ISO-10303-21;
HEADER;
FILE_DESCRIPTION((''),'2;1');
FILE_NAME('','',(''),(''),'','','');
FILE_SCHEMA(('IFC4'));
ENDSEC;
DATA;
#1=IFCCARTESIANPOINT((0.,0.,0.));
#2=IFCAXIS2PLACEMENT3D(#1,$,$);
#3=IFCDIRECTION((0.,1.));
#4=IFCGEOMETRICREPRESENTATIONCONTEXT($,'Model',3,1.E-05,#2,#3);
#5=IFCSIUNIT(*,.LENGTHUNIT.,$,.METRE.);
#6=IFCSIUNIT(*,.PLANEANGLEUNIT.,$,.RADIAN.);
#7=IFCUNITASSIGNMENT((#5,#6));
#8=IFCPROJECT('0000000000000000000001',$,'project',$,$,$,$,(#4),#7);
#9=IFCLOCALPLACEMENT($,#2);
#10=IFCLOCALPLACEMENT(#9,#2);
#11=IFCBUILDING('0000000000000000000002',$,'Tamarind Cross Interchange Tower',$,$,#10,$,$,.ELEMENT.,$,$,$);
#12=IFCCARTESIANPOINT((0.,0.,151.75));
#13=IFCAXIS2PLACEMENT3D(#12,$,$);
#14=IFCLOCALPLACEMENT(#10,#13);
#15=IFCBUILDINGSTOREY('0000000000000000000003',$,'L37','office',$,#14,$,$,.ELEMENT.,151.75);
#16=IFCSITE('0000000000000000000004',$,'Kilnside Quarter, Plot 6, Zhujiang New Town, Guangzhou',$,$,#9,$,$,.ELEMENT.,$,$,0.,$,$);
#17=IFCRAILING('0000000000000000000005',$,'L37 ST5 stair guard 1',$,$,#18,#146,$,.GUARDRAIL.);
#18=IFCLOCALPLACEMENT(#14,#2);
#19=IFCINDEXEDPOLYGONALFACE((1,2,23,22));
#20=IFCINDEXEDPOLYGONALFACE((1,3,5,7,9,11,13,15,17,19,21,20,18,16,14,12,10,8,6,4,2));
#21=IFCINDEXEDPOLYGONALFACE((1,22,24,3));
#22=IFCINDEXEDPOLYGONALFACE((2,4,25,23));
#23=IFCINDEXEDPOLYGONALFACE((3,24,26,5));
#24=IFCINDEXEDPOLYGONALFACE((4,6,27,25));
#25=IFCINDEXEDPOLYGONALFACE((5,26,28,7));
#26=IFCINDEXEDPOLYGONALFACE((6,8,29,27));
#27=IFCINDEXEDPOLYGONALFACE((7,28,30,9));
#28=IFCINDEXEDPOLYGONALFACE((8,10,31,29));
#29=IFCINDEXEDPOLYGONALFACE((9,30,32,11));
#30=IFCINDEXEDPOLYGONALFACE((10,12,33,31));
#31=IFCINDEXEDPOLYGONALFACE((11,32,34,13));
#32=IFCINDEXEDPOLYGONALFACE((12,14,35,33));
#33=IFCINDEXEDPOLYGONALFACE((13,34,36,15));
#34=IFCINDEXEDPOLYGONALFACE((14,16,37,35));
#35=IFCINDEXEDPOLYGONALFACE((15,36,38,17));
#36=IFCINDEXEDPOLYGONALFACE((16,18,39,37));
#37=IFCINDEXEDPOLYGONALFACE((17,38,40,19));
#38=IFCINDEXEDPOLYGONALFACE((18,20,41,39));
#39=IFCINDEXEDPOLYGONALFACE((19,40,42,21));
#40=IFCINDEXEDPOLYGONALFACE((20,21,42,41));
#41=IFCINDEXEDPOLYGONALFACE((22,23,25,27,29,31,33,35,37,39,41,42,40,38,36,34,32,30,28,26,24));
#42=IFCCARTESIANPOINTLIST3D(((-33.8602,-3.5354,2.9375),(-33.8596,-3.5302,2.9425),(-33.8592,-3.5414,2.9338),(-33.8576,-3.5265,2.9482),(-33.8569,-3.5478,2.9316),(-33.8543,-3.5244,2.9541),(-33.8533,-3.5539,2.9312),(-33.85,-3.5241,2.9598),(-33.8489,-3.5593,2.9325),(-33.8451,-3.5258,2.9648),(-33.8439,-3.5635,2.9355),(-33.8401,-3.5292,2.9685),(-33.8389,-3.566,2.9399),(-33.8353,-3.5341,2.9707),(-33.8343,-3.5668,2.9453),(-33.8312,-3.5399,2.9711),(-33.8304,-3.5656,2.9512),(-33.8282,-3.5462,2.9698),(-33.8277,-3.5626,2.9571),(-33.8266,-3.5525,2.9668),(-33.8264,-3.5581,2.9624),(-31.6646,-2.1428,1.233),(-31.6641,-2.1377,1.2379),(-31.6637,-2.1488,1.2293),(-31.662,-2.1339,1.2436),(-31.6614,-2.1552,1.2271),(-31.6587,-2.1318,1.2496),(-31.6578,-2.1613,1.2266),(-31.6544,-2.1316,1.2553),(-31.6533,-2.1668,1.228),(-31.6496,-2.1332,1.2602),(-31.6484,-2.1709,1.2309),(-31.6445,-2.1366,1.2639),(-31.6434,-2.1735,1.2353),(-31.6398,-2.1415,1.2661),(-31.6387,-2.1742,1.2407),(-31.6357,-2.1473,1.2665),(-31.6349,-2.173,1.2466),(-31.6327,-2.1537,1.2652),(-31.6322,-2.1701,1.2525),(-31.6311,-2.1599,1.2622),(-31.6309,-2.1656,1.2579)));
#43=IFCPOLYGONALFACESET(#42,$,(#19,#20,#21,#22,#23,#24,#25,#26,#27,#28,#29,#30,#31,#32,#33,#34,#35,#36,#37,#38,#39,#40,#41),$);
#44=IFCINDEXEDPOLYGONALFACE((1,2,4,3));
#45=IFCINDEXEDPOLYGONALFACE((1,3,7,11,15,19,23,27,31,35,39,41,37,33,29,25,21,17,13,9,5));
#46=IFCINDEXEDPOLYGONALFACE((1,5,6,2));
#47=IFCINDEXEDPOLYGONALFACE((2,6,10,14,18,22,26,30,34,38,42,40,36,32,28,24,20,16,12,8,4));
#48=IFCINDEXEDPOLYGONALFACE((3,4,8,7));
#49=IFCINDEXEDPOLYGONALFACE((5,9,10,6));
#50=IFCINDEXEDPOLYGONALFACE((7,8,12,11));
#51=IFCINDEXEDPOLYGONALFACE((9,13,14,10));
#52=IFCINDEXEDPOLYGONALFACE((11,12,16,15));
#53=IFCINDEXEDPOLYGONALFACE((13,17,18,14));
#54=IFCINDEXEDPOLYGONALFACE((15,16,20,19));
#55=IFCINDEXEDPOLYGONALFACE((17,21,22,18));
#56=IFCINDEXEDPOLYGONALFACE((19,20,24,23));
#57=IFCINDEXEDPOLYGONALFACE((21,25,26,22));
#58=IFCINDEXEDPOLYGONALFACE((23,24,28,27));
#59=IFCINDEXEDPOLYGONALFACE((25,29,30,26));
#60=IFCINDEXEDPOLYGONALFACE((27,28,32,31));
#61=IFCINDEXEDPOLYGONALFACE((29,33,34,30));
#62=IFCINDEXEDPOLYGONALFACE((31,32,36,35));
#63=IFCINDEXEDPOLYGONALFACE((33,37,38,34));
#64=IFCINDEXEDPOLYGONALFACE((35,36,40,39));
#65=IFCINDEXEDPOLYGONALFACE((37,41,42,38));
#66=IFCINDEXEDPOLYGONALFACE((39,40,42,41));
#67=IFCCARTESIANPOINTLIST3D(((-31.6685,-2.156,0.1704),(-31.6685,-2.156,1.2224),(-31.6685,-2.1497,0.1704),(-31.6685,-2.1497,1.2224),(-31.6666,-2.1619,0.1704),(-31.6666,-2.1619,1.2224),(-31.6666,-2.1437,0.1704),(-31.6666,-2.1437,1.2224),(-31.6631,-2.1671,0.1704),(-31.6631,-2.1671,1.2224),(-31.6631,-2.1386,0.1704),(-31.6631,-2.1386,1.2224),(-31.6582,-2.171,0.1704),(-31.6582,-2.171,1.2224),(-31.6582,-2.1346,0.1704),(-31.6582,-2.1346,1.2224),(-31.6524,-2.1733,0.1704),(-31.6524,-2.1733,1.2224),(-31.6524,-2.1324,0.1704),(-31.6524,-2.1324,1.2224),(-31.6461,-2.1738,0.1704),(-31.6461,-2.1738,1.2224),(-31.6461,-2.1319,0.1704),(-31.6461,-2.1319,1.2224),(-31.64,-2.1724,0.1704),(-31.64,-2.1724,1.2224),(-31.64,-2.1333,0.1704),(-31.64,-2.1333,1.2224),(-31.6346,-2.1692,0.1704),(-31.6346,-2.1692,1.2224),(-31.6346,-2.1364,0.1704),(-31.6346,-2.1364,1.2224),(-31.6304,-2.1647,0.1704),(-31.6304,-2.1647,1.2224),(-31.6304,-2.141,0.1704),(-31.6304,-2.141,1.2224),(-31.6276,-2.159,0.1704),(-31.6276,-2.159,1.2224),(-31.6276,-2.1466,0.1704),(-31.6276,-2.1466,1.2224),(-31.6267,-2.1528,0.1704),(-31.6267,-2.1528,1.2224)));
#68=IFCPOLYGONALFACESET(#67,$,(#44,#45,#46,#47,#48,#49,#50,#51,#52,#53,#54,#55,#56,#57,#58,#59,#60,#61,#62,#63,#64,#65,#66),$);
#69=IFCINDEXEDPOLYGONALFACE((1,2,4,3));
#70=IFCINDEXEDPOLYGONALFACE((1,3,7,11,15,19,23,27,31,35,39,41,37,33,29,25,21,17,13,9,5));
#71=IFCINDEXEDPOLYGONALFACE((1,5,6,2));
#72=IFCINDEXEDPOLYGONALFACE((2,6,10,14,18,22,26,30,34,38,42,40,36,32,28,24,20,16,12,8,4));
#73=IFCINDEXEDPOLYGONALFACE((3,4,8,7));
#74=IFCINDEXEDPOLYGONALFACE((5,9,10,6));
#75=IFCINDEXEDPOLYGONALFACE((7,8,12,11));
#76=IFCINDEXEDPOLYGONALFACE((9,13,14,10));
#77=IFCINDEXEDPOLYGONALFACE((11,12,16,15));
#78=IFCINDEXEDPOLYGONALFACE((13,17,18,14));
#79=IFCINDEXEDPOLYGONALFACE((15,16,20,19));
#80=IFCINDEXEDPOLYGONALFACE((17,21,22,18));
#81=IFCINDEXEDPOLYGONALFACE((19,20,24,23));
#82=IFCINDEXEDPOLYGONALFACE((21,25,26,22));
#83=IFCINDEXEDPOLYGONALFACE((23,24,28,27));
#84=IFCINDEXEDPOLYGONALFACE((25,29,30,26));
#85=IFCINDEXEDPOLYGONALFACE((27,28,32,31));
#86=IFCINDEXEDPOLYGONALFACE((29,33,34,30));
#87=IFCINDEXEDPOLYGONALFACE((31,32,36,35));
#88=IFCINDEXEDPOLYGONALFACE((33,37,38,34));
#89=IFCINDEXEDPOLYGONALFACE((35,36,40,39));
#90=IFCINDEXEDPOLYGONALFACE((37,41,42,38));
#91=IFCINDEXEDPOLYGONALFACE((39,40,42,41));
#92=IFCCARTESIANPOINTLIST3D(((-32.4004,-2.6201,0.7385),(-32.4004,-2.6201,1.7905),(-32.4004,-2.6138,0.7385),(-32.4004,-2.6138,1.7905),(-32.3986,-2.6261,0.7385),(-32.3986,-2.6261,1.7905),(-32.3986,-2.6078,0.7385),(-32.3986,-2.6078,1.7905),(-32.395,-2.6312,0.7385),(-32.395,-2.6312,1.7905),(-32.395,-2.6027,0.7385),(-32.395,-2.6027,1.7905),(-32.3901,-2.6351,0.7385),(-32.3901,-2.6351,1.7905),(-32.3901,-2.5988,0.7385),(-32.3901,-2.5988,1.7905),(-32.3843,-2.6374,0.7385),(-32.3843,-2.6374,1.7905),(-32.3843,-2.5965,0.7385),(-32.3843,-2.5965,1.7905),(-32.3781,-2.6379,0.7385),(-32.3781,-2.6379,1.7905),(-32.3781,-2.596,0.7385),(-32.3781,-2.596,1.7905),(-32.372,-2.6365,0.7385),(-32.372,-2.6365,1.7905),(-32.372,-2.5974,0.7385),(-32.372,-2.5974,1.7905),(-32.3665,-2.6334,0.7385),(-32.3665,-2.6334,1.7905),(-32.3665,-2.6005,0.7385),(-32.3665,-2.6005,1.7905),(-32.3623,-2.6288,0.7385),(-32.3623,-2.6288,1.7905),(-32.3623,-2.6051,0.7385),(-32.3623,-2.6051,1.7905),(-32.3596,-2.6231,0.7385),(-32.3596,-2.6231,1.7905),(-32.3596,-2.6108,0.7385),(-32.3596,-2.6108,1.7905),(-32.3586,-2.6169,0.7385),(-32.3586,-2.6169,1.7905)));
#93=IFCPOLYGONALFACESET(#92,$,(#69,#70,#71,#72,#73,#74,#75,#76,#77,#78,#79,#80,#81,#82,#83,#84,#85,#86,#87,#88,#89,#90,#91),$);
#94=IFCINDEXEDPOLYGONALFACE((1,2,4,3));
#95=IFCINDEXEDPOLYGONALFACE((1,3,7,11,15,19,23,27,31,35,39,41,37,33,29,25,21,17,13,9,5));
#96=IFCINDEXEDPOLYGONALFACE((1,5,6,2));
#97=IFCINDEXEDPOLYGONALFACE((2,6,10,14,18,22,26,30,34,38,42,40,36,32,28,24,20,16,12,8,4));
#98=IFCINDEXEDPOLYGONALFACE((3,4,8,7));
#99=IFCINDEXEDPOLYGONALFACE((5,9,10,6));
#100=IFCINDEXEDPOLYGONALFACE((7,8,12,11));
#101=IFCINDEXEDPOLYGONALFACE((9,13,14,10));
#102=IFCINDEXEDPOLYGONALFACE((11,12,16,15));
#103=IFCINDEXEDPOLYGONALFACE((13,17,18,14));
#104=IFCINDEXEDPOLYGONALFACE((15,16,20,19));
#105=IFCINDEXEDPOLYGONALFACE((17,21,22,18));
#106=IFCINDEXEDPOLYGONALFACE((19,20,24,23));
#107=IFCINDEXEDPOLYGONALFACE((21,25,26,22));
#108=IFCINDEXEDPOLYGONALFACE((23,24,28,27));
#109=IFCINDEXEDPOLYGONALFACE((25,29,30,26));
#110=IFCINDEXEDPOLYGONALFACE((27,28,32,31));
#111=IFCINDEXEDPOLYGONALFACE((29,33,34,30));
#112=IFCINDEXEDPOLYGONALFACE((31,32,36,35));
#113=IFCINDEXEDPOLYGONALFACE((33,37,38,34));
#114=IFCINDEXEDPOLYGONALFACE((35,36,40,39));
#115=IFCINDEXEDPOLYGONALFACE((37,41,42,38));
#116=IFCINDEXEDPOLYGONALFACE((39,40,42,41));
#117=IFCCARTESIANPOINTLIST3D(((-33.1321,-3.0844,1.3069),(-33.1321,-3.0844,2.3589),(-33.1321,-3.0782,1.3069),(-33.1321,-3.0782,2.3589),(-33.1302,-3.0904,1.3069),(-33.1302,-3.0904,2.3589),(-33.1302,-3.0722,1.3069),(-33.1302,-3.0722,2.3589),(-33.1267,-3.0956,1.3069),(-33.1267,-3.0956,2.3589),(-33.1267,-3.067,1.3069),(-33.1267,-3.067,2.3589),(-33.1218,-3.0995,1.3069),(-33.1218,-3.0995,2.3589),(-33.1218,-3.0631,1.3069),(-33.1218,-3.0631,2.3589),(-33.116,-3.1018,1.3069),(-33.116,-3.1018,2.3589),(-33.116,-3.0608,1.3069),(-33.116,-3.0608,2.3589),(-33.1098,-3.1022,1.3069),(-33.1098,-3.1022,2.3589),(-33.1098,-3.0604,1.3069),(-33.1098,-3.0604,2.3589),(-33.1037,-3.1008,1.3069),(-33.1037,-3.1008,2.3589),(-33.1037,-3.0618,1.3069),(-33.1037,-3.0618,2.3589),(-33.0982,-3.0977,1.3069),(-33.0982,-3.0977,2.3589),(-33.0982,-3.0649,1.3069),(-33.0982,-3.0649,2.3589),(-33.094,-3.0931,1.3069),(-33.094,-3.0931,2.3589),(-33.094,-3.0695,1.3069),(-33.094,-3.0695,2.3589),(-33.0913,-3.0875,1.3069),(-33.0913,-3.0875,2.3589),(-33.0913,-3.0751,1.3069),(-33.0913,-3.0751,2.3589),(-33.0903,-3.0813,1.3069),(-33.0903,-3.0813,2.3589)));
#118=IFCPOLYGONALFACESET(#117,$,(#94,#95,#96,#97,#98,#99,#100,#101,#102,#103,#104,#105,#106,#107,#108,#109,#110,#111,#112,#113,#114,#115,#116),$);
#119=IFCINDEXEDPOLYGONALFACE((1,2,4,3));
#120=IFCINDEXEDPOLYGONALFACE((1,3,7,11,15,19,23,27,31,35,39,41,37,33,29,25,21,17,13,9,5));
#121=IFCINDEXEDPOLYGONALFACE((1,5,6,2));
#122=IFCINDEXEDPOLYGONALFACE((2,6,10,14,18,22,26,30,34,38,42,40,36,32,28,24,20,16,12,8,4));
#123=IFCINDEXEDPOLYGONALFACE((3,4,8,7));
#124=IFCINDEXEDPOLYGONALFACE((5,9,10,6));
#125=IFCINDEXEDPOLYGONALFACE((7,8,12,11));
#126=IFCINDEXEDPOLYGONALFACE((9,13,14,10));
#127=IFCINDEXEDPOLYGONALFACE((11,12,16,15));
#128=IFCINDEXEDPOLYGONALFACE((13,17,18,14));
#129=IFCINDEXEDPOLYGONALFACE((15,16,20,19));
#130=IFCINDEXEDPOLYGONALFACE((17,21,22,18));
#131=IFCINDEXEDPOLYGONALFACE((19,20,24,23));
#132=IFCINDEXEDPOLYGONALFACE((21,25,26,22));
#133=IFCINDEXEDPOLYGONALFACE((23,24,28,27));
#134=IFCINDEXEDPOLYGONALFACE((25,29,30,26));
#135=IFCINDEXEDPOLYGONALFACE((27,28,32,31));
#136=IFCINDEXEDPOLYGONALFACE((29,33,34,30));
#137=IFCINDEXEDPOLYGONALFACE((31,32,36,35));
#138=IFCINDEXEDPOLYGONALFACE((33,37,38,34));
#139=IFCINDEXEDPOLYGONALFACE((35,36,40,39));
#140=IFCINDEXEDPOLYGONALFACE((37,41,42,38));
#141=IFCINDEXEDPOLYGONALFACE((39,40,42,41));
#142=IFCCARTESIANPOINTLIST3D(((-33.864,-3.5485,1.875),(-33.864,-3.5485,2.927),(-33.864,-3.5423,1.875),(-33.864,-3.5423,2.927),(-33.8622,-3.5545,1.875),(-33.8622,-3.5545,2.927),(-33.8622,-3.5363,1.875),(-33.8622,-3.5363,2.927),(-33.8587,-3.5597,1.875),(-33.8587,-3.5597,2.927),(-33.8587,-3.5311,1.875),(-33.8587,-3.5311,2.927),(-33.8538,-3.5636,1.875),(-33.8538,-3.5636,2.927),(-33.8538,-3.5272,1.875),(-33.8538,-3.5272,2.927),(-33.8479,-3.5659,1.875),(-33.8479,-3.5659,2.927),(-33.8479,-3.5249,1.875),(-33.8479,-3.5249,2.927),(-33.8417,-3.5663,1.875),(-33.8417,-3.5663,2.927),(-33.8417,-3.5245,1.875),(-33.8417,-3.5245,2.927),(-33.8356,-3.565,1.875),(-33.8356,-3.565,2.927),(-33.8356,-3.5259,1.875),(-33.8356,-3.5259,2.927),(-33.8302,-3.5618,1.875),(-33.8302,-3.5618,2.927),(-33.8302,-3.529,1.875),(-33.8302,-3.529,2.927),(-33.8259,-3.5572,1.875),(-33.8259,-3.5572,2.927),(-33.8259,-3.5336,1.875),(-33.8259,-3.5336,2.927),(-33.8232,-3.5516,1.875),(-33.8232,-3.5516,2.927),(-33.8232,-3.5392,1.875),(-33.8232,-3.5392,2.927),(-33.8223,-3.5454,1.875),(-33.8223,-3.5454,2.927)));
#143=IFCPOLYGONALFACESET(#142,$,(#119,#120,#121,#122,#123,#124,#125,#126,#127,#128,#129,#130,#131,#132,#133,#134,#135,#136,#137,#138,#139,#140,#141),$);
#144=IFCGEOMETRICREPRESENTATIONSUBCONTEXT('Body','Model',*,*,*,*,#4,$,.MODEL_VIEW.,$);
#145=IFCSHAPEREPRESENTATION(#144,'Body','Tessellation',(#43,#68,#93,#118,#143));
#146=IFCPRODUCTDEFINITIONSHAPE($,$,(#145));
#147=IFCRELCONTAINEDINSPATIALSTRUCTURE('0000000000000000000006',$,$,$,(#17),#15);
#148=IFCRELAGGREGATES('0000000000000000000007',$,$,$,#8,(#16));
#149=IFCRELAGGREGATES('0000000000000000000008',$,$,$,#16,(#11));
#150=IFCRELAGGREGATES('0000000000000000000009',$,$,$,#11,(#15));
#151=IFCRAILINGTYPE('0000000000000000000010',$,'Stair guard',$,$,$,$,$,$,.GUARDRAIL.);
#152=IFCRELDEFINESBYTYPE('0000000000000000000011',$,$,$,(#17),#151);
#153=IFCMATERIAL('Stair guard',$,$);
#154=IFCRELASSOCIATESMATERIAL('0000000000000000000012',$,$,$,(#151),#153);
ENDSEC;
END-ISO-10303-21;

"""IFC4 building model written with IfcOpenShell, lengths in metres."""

from ifc_helpers import new_model, si_unit, direction, frame, origin, origin_2d, place, context, subcontext, project, spatial, circle, extrude, material, type_object, element, save


model = new_model("IFC4")

# Units and contexts
model_context = context("Model", 3, precision=1e-05, world=origin(), true_north=direction((0.0, 1.0)))
body_context = subcontext(model_context, "Body", "Model", "MODEL_VIEW")
ifc_project = project(units=[si_unit("LENGTHUNIT", "METRE"), si_unit("PLANEANGLEUNIT", "RADIAN")], contexts=[model_context])

# Site, building, storey
site_placement = place(None, origin())
site = spatial("IfcSite", under=ifc_project, at=site_placement, Name="Kilnside Quarter, Plot 6, Zhujiang New Town, Guangzhou", CompositionType="ELEMENT", RefElevation=0.0)
building_placement = place(site_placement, origin())
building = spatial("IfcBuilding", under=site, at=building_placement, Name="Tamarind Cross Interchange Tower", CompositionType="ELEMENT")
storey_placement = place(building_placement, frame((0.0, 0.0, 151.75)))
storey = spatial("IfcBuildingStorey", under=building, at=storey_placement, Name="L37", Description="office", CompositionType="ELEMENT", Elevation=151.75)

# Railing
ifc_material_1 = material(Name="Stair guard")
railing_type_1 = type_object("IfcRailingType", Name="Stair guard", PredefinedType="GUARDRAIL", material=ifc_material_1)
railing_1_placement = place(storey_placement, frame((-31.6477, -2.1528, 0.1704)))
element("IfcRailing", 1, at=railing_1_placement, inside=storey, type_object=railing_type_1, Name="L37 ST5 stair guard 1", PredefinedType="GUARDRAIL", context=body_context, shape_type="SweptSolid", body=[
    extrude(circle(Radius=0.0239, at=origin_2d()), frame((0.0, 0.0, 1.0762), z_axis=(-0.706213, -0.44793, 0.54829), x_axis=(0.535617, -0.844461, 0.0)), (0.0, 0.0, 1.0), 3.1089),
    extrude(circle(Radius=0.021, at=origin_2d()), origin(), (0.0, 0.0, 1.0), 1.052),
    extrude(circle(Radius=0.021, at=origin_2d()), frame((-0.7319, -0.4641, 0.5681)), (0.0, 0.0, 1.0), 1.052),
    extrude(circle(Radius=0.021, at=origin_2d()), frame((-1.4636, -0.9285, 1.1365)), (0.0, 0.0, 1.0), 1.052),
    extrude(circle(Radius=0.021, at=origin_2d()), frame((-2.1956, -1.3926, 1.7046)), (0.0, 0.0, 1.0), 1.052),
])

save(model, "model.ifc")
